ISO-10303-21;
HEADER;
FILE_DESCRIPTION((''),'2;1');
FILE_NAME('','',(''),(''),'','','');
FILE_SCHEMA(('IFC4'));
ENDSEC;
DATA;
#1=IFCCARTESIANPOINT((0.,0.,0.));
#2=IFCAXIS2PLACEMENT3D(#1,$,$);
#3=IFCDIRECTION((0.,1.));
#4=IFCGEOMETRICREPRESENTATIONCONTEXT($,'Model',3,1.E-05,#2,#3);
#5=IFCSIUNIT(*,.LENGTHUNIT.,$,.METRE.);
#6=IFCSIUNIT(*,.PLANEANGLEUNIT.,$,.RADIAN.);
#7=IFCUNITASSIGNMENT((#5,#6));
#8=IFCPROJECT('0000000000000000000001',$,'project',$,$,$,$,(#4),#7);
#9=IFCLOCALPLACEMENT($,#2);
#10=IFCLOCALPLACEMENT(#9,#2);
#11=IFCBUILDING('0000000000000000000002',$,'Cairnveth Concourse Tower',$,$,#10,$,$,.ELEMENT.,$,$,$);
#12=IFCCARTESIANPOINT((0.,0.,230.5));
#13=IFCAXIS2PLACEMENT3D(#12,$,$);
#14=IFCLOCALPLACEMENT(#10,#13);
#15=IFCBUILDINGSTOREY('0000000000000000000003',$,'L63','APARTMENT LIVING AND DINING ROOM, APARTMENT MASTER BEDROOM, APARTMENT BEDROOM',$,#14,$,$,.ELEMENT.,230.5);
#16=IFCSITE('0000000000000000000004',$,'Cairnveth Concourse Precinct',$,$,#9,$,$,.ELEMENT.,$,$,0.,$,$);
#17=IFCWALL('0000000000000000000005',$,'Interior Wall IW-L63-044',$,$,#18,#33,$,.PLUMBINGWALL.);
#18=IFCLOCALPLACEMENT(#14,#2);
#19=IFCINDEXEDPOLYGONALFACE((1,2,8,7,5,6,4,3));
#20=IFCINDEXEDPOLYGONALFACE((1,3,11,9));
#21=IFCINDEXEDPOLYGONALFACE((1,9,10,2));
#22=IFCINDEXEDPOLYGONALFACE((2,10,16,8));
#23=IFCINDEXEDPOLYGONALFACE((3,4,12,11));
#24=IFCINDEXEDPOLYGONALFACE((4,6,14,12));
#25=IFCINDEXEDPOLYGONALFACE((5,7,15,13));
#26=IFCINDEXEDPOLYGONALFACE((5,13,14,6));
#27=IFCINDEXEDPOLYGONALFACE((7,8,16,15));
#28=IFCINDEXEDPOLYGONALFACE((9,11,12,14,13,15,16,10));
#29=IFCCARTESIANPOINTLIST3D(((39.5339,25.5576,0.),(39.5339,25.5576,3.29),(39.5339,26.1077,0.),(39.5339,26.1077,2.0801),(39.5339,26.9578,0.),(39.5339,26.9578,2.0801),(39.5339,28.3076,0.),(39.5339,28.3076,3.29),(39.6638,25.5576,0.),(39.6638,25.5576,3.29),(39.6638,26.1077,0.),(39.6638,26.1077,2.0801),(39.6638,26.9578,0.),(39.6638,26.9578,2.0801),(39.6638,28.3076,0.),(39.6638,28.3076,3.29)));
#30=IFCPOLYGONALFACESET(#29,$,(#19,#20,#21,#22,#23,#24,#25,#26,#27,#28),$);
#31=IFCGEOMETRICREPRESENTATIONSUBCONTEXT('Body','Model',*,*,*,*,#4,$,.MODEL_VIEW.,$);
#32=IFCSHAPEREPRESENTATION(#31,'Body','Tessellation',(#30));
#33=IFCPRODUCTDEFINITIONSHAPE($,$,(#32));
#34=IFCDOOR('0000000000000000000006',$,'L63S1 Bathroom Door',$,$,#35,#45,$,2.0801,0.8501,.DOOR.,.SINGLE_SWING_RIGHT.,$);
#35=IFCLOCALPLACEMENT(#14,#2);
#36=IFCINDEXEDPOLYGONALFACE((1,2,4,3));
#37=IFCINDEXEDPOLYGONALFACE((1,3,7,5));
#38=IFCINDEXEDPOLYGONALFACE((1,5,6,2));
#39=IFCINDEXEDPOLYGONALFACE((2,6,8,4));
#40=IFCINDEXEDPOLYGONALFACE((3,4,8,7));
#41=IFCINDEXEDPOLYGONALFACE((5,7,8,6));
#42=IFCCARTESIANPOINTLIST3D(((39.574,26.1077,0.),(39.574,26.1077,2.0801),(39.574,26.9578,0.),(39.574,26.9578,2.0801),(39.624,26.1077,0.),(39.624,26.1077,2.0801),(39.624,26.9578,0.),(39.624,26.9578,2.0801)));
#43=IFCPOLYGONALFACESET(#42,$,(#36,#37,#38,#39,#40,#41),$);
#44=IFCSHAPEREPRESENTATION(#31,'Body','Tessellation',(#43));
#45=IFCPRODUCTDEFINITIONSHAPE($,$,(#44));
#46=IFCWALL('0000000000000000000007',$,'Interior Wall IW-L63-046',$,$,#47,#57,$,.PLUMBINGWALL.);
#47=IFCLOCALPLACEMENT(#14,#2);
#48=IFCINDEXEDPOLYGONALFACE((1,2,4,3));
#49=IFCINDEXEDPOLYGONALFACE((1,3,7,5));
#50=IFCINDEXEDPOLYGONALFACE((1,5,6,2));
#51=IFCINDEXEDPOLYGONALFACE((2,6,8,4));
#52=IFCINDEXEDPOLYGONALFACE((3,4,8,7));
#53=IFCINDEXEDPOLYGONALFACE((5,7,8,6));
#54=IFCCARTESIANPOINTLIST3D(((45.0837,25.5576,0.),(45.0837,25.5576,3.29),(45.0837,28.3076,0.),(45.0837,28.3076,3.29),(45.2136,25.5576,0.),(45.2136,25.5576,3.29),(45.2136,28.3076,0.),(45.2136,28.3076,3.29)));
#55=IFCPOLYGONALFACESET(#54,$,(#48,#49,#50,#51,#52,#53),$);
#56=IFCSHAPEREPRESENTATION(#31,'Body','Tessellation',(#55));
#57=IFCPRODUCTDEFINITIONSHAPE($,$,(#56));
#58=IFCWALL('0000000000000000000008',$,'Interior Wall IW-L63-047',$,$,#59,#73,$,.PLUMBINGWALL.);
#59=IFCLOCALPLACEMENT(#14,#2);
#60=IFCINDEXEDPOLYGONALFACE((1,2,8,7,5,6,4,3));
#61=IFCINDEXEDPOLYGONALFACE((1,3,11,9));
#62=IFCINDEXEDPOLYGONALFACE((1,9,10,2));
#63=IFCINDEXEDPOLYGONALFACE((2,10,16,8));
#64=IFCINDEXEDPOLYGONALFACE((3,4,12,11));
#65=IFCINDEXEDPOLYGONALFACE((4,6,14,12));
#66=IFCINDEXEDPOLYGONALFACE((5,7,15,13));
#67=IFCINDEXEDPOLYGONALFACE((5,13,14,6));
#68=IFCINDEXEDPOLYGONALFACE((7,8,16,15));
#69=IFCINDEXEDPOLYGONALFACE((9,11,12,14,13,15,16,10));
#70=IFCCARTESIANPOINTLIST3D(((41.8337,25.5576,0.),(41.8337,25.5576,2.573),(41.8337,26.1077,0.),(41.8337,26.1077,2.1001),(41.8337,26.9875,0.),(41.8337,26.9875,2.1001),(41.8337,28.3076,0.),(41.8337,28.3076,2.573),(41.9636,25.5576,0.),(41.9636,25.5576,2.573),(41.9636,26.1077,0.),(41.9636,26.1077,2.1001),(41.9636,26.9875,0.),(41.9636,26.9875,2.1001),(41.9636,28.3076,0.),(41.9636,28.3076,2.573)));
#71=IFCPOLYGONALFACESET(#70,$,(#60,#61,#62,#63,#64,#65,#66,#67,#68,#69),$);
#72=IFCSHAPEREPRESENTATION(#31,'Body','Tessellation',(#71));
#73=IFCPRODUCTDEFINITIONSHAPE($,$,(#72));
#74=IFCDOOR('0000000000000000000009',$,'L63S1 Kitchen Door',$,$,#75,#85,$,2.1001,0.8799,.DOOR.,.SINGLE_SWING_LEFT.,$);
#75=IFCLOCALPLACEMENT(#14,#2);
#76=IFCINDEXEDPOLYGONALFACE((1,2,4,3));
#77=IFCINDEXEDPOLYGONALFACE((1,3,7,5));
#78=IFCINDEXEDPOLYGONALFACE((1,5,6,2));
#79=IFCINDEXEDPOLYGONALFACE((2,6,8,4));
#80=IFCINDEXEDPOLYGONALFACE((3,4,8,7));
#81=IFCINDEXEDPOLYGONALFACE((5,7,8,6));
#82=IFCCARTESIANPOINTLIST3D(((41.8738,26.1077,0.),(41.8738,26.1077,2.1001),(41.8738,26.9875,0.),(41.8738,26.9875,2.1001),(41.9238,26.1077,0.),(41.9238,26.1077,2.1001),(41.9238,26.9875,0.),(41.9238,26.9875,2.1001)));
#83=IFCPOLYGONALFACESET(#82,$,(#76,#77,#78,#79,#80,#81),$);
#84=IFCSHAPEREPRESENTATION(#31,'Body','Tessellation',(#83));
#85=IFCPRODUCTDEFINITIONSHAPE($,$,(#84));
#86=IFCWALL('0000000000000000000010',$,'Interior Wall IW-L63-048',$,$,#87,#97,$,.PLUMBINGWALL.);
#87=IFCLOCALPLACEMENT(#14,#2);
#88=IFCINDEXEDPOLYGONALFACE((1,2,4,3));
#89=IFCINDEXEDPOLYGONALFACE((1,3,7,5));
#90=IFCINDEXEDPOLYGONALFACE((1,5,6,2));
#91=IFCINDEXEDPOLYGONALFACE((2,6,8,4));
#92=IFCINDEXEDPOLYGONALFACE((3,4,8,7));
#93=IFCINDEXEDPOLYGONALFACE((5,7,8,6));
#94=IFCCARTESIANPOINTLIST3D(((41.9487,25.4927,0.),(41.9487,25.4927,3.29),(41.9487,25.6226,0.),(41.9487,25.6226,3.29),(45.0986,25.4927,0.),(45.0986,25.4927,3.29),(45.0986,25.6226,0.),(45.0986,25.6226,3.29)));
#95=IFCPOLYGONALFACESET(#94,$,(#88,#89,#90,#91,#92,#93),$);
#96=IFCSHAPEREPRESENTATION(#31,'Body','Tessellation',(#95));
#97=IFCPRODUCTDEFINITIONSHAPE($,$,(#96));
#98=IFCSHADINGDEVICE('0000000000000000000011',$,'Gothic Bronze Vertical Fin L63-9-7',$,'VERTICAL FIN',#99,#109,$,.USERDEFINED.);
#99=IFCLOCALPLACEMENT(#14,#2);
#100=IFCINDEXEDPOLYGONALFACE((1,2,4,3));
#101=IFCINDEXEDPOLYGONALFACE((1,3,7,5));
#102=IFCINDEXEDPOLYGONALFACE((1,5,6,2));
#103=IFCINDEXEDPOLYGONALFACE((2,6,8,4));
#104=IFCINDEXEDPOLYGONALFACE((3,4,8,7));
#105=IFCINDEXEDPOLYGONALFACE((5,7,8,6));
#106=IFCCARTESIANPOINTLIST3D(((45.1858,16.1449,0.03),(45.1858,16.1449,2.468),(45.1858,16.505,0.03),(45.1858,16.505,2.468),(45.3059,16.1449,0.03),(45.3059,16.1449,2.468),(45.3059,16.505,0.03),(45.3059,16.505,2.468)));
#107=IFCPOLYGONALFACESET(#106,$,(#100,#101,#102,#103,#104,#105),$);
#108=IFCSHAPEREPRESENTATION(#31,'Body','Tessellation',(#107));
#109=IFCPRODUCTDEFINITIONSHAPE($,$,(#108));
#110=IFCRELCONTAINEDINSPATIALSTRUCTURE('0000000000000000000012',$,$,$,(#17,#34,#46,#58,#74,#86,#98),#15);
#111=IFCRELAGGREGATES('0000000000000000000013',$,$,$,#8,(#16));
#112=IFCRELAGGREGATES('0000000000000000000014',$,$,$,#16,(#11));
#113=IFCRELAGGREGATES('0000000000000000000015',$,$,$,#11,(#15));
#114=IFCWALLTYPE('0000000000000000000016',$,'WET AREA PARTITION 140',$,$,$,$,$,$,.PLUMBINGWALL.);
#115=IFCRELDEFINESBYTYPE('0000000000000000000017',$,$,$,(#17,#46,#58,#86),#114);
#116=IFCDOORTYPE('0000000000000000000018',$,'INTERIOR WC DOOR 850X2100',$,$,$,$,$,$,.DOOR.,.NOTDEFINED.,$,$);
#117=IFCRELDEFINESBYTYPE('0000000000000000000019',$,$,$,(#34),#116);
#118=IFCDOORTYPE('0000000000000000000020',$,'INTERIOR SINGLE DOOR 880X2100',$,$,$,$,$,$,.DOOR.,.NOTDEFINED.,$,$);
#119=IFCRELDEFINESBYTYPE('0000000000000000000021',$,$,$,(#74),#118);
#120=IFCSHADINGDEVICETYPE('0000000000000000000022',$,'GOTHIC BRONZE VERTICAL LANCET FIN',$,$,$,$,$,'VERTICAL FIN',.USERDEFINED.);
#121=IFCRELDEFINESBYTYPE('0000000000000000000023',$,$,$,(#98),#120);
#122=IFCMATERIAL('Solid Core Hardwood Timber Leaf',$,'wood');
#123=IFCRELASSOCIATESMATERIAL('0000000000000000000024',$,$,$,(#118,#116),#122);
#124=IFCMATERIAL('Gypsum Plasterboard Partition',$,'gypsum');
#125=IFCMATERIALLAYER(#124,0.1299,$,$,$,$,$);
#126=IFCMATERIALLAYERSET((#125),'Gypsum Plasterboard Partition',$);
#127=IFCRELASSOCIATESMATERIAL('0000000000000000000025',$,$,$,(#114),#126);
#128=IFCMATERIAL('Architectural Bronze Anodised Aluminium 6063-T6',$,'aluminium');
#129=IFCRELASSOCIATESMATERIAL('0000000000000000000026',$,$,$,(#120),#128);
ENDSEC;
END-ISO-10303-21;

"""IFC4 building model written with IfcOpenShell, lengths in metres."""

from ifc_helpers import new_model, si_unit, direction, frame, frame_2d, origin, origin_2d, place, context, subcontext, project, spatial, rectangle, extrude, material, layer, layer_set, type_object, element, fill, save


model = new_model("IFC4")

# Units and contexts
model_context = context("Model", 3, precision=1e-05, world=origin(), true_north=direction((0.0, 1.0)))
body_context = subcontext(model_context, "Body", "Model", "MODEL_VIEW")
ifc_project = project(units=[si_unit("LENGTHUNIT", "METRE"), si_unit("PLANEANGLEUNIT", "RADIAN")], contexts=[model_context])

# Site, building, storey
site_placement = place(None, origin())
site = spatial("IfcSite", under=ifc_project, at=site_placement, Name="Cairnveth Concourse Precinct", CompositionType="ELEMENT", RefElevation=0.0)
building_placement = place(site_placement, origin())
building = spatial("IfcBuilding", under=site, at=building_placement, Name="Cairnveth Concourse Tower", CompositionType="ELEMENT")
storey_placement = place(building_placement, frame((0.0, 0.0, 230.5)))
storey = spatial("IfcBuildingStorey", under=building, at=storey_placement, Name="L63", Description="APARTMENT LIVING AND DINING ROOM, APARTMENT MASTER BEDROOM, APARTMENT BEDROOM", CompositionType="ELEMENT", Elevation=230.5)

# Shared definitions
ifc_material_1 = material(Name="Gypsum Plasterboard Partition", Category="gypsum")
ifc_material_2 = material(Name="Solid Core Hardwood Timber Leaf", Category="wood")

# Wall, opening, door
door_type_1 = type_object("IfcDoorType", Name="INTERIOR SINGLE DOOR 880X2100", OperationType="NOTDEFINED", PredefinedType="DOOR", material=ifc_material_2)
ifc_layer_1 = layer(ifc_material_1, 0.1299)
ifc_layer_set_1 = layer_set([ifc_layer_1], Name="Gypsum Plasterboard Partition")
wall_type_1 = type_object("IfcWallType", Name="WET AREA PARTITION 140", PredefinedType="PLUMBINGWALL", material=ifc_layer_set_1)
wall_1_placement = place(storey_placement, frame((39.5989, 25.5576, 0.0), z_axis=(0.0, 0.0, 1.0), x_axis=(0.0, 1.0, 0.0)))
wall_1 = element("IfcWall", 1, at=wall_1_placement, inside=storey, type_object=wall_type_1, Name="Interior Wall IW-L63-044", PredefinedType="PLUMBINGWALL", context=body_context, shape_type="SweptSolid", body=[
    extrude(rectangle(XDim=2.75, YDim=0.1299, at=frame_2d((1.375, 0.0))), origin(), (0.0, 0.0, 1.0), 3.29),
])
opening_1_placement = place(wall_1_placement, frame((0.55, 0.0, 0.0)))
opening_1 = element("IfcOpeningElement", 2, at=opening_1_placement, cuts=wall_1, PredefinedType="OPENING", context=body_context, shape_type="SweptSolid", body=[
    extrude(rectangle(XDim=0.8501, YDim=2.0801, at=frame_2d((0.425, 1.04))), frame((0.0, 0.075, 0.0), z_axis=(0.0, -1.0, 0.0), x_axis=(1.0, 0.0, 0.0)), (0.0, 0.0, 1.0), 0.1499),
])
door_type_2 = type_object("IfcDoorType", Name="INTERIOR WC DOOR 850X2100", OperationType="NOTDEFINED", PredefinedType="DOOR", material=ifc_material_2)
door_1_placement = place(opening_1_placement, origin())
door_1 = element("IfcDoor", 3, at=door_1_placement, inside=storey, type_object=door_type_2, Name="L63S1 Bathroom Door", OperationType="SINGLE_SWING_RIGHT", OverallHeight=2.0801, OverallWidth=0.8501, PredefinedType="DOOR", context=body_context, shape_type="SweptSolid", body=[
    extrude(rectangle(XDim=0.8501, YDim=2.0801, at=frame_2d((0.425, 1.04))), frame((0.0, 0.0249, 0.0), z_axis=(0.0, -1.0, 0.0), x_axis=(1.0, 0.0, 0.0)), (0.0, 0.0, 1.0), 0.05),
])
fill(opening_1, door_1)

# Wall
wall_2_placement = place(storey_placement, frame((45.1487, 25.5576, 0.0), z_axis=(0.0, 0.0, 1.0), x_axis=(0.0, 1.0, 0.0)))
element("IfcWall", 4, at=wall_2_placement, inside=storey, type_object=wall_type_1, Name="Interior Wall IW-L63-046", PredefinedType="PLUMBINGWALL", context=body_context, shape_type="SweptSolid", body=[
    extrude(rectangle(XDim=2.75, YDim=0.1299, at=frame_2d((1.375, 0.0))), origin(), (0.0, 0.0, 1.0), 3.29),
])

# Wall, opening, door
wall_3_placement = place(storey_placement, frame((41.8987, 25.5576, 0.0), z_axis=(0.0, 0.0, 1.0), x_axis=(0.0, 1.0, 0.0)))
wall_3 = element("IfcWall", 5, at=wall_3_placement, inside=storey, type_object=wall_type_1, Name="Interior Wall IW-L63-047", PredefinedType="PLUMBINGWALL", context=body_context, shape_type="SweptSolid", body=[
    extrude(rectangle(XDim=2.75, YDim=0.1299, at=frame_2d((1.375, 0.0))), origin(), (0.0, 0.0, 1.0), 2.573),
])
opening_2_placement = place(wall_3_placement, frame((0.55, 0.0, 0.0)))
opening_2 = element("IfcOpeningElement", 6, at=opening_2_placement, cuts=wall_3, PredefinedType="OPENING", context=body_context, shape_type="SweptSolid", body=[
    extrude(rectangle(XDim=0.8799, YDim=2.1001, at=frame_2d((0.4399, 1.05))), frame((0.0, 0.075, 0.0), z_axis=(0.0, -1.0, 0.0), x_axis=(1.0, 0.0, 0.0)), (0.0, 0.0, 1.0), 0.1499),
])
door_2_placement = place(opening_2_placement, origin())
door_2 = element("IfcDoor", 7, at=door_2_placement, inside=storey, type_object=door_type_1, Name="L63S1 Kitchen Door", OperationType="SINGLE_SWING_LEFT", OverallHeight=2.1001, OverallWidth=0.8799, PredefinedType="DOOR", context=body_context, shape_type="SweptSolid", body=[
    extrude(rectangle(XDim=0.8799, YDim=2.1001, at=frame_2d((0.4399, 1.05))), frame((0.0, 0.0249, 0.0), z_axis=(0.0, -1.0, 0.0), x_axis=(1.0, 0.0, 0.0)), (0.0, 0.0, 1.0), 0.05),
])
fill(opening_2, door_2)

# Wall
wall_4_placement = place(storey_placement, frame((41.9487, 25.5576, 0.0), z_axis=(0.0, 0.0, 1.0), x_axis=(1.0, 0.0, 0.0)))
element("IfcWall", 8, at=wall_4_placement, inside=storey, type_object=wall_type_1, Name="Interior Wall IW-L63-048", PredefinedType="PLUMBINGWALL", context=body_context, shape_type="SweptSolid", body=[
    extrude(rectangle(XDim=3.1499, YDim=0.1299, at=frame_2d((1.575, 0.0))), origin(), (0.0, 0.0, 1.0), 3.29),
])

# Shading device
ifc_material_3 = material(Name="Architectural Bronze Anodised Aluminium 6063-T6", Category="aluminium")
shading_device_type = type_object("IfcShadingDeviceType", Name="GOTHIC BRONZE VERTICAL LANCET FIN", ElementType="VERTICAL FIN", PredefinedType="USERDEFINED", material=ifc_material_3)
shading_device_placement = place(storey_placement, frame((45.2458, 16.325, 0.03), z_axis=(0.0, 0.0, 1.0), x_axis=(1.0, 0.0, 0.0)))
element("IfcShadingDevice", 9, at=shading_device_placement, inside=storey, type_object=shading_device_type, Name="Gothic Bronze Vertical Fin L63-9-7", ObjectType="VERTICAL FIN", PredefinedType="USERDEFINED", context=body_context, shape_type="SweptSolid", body=[
    extrude(rectangle(XDim=0.1201, YDim=0.3601, at=origin_2d()), origin(), (0.0, 0.0, 1.0), 2.438),
])

save(model, "model.ifc")
